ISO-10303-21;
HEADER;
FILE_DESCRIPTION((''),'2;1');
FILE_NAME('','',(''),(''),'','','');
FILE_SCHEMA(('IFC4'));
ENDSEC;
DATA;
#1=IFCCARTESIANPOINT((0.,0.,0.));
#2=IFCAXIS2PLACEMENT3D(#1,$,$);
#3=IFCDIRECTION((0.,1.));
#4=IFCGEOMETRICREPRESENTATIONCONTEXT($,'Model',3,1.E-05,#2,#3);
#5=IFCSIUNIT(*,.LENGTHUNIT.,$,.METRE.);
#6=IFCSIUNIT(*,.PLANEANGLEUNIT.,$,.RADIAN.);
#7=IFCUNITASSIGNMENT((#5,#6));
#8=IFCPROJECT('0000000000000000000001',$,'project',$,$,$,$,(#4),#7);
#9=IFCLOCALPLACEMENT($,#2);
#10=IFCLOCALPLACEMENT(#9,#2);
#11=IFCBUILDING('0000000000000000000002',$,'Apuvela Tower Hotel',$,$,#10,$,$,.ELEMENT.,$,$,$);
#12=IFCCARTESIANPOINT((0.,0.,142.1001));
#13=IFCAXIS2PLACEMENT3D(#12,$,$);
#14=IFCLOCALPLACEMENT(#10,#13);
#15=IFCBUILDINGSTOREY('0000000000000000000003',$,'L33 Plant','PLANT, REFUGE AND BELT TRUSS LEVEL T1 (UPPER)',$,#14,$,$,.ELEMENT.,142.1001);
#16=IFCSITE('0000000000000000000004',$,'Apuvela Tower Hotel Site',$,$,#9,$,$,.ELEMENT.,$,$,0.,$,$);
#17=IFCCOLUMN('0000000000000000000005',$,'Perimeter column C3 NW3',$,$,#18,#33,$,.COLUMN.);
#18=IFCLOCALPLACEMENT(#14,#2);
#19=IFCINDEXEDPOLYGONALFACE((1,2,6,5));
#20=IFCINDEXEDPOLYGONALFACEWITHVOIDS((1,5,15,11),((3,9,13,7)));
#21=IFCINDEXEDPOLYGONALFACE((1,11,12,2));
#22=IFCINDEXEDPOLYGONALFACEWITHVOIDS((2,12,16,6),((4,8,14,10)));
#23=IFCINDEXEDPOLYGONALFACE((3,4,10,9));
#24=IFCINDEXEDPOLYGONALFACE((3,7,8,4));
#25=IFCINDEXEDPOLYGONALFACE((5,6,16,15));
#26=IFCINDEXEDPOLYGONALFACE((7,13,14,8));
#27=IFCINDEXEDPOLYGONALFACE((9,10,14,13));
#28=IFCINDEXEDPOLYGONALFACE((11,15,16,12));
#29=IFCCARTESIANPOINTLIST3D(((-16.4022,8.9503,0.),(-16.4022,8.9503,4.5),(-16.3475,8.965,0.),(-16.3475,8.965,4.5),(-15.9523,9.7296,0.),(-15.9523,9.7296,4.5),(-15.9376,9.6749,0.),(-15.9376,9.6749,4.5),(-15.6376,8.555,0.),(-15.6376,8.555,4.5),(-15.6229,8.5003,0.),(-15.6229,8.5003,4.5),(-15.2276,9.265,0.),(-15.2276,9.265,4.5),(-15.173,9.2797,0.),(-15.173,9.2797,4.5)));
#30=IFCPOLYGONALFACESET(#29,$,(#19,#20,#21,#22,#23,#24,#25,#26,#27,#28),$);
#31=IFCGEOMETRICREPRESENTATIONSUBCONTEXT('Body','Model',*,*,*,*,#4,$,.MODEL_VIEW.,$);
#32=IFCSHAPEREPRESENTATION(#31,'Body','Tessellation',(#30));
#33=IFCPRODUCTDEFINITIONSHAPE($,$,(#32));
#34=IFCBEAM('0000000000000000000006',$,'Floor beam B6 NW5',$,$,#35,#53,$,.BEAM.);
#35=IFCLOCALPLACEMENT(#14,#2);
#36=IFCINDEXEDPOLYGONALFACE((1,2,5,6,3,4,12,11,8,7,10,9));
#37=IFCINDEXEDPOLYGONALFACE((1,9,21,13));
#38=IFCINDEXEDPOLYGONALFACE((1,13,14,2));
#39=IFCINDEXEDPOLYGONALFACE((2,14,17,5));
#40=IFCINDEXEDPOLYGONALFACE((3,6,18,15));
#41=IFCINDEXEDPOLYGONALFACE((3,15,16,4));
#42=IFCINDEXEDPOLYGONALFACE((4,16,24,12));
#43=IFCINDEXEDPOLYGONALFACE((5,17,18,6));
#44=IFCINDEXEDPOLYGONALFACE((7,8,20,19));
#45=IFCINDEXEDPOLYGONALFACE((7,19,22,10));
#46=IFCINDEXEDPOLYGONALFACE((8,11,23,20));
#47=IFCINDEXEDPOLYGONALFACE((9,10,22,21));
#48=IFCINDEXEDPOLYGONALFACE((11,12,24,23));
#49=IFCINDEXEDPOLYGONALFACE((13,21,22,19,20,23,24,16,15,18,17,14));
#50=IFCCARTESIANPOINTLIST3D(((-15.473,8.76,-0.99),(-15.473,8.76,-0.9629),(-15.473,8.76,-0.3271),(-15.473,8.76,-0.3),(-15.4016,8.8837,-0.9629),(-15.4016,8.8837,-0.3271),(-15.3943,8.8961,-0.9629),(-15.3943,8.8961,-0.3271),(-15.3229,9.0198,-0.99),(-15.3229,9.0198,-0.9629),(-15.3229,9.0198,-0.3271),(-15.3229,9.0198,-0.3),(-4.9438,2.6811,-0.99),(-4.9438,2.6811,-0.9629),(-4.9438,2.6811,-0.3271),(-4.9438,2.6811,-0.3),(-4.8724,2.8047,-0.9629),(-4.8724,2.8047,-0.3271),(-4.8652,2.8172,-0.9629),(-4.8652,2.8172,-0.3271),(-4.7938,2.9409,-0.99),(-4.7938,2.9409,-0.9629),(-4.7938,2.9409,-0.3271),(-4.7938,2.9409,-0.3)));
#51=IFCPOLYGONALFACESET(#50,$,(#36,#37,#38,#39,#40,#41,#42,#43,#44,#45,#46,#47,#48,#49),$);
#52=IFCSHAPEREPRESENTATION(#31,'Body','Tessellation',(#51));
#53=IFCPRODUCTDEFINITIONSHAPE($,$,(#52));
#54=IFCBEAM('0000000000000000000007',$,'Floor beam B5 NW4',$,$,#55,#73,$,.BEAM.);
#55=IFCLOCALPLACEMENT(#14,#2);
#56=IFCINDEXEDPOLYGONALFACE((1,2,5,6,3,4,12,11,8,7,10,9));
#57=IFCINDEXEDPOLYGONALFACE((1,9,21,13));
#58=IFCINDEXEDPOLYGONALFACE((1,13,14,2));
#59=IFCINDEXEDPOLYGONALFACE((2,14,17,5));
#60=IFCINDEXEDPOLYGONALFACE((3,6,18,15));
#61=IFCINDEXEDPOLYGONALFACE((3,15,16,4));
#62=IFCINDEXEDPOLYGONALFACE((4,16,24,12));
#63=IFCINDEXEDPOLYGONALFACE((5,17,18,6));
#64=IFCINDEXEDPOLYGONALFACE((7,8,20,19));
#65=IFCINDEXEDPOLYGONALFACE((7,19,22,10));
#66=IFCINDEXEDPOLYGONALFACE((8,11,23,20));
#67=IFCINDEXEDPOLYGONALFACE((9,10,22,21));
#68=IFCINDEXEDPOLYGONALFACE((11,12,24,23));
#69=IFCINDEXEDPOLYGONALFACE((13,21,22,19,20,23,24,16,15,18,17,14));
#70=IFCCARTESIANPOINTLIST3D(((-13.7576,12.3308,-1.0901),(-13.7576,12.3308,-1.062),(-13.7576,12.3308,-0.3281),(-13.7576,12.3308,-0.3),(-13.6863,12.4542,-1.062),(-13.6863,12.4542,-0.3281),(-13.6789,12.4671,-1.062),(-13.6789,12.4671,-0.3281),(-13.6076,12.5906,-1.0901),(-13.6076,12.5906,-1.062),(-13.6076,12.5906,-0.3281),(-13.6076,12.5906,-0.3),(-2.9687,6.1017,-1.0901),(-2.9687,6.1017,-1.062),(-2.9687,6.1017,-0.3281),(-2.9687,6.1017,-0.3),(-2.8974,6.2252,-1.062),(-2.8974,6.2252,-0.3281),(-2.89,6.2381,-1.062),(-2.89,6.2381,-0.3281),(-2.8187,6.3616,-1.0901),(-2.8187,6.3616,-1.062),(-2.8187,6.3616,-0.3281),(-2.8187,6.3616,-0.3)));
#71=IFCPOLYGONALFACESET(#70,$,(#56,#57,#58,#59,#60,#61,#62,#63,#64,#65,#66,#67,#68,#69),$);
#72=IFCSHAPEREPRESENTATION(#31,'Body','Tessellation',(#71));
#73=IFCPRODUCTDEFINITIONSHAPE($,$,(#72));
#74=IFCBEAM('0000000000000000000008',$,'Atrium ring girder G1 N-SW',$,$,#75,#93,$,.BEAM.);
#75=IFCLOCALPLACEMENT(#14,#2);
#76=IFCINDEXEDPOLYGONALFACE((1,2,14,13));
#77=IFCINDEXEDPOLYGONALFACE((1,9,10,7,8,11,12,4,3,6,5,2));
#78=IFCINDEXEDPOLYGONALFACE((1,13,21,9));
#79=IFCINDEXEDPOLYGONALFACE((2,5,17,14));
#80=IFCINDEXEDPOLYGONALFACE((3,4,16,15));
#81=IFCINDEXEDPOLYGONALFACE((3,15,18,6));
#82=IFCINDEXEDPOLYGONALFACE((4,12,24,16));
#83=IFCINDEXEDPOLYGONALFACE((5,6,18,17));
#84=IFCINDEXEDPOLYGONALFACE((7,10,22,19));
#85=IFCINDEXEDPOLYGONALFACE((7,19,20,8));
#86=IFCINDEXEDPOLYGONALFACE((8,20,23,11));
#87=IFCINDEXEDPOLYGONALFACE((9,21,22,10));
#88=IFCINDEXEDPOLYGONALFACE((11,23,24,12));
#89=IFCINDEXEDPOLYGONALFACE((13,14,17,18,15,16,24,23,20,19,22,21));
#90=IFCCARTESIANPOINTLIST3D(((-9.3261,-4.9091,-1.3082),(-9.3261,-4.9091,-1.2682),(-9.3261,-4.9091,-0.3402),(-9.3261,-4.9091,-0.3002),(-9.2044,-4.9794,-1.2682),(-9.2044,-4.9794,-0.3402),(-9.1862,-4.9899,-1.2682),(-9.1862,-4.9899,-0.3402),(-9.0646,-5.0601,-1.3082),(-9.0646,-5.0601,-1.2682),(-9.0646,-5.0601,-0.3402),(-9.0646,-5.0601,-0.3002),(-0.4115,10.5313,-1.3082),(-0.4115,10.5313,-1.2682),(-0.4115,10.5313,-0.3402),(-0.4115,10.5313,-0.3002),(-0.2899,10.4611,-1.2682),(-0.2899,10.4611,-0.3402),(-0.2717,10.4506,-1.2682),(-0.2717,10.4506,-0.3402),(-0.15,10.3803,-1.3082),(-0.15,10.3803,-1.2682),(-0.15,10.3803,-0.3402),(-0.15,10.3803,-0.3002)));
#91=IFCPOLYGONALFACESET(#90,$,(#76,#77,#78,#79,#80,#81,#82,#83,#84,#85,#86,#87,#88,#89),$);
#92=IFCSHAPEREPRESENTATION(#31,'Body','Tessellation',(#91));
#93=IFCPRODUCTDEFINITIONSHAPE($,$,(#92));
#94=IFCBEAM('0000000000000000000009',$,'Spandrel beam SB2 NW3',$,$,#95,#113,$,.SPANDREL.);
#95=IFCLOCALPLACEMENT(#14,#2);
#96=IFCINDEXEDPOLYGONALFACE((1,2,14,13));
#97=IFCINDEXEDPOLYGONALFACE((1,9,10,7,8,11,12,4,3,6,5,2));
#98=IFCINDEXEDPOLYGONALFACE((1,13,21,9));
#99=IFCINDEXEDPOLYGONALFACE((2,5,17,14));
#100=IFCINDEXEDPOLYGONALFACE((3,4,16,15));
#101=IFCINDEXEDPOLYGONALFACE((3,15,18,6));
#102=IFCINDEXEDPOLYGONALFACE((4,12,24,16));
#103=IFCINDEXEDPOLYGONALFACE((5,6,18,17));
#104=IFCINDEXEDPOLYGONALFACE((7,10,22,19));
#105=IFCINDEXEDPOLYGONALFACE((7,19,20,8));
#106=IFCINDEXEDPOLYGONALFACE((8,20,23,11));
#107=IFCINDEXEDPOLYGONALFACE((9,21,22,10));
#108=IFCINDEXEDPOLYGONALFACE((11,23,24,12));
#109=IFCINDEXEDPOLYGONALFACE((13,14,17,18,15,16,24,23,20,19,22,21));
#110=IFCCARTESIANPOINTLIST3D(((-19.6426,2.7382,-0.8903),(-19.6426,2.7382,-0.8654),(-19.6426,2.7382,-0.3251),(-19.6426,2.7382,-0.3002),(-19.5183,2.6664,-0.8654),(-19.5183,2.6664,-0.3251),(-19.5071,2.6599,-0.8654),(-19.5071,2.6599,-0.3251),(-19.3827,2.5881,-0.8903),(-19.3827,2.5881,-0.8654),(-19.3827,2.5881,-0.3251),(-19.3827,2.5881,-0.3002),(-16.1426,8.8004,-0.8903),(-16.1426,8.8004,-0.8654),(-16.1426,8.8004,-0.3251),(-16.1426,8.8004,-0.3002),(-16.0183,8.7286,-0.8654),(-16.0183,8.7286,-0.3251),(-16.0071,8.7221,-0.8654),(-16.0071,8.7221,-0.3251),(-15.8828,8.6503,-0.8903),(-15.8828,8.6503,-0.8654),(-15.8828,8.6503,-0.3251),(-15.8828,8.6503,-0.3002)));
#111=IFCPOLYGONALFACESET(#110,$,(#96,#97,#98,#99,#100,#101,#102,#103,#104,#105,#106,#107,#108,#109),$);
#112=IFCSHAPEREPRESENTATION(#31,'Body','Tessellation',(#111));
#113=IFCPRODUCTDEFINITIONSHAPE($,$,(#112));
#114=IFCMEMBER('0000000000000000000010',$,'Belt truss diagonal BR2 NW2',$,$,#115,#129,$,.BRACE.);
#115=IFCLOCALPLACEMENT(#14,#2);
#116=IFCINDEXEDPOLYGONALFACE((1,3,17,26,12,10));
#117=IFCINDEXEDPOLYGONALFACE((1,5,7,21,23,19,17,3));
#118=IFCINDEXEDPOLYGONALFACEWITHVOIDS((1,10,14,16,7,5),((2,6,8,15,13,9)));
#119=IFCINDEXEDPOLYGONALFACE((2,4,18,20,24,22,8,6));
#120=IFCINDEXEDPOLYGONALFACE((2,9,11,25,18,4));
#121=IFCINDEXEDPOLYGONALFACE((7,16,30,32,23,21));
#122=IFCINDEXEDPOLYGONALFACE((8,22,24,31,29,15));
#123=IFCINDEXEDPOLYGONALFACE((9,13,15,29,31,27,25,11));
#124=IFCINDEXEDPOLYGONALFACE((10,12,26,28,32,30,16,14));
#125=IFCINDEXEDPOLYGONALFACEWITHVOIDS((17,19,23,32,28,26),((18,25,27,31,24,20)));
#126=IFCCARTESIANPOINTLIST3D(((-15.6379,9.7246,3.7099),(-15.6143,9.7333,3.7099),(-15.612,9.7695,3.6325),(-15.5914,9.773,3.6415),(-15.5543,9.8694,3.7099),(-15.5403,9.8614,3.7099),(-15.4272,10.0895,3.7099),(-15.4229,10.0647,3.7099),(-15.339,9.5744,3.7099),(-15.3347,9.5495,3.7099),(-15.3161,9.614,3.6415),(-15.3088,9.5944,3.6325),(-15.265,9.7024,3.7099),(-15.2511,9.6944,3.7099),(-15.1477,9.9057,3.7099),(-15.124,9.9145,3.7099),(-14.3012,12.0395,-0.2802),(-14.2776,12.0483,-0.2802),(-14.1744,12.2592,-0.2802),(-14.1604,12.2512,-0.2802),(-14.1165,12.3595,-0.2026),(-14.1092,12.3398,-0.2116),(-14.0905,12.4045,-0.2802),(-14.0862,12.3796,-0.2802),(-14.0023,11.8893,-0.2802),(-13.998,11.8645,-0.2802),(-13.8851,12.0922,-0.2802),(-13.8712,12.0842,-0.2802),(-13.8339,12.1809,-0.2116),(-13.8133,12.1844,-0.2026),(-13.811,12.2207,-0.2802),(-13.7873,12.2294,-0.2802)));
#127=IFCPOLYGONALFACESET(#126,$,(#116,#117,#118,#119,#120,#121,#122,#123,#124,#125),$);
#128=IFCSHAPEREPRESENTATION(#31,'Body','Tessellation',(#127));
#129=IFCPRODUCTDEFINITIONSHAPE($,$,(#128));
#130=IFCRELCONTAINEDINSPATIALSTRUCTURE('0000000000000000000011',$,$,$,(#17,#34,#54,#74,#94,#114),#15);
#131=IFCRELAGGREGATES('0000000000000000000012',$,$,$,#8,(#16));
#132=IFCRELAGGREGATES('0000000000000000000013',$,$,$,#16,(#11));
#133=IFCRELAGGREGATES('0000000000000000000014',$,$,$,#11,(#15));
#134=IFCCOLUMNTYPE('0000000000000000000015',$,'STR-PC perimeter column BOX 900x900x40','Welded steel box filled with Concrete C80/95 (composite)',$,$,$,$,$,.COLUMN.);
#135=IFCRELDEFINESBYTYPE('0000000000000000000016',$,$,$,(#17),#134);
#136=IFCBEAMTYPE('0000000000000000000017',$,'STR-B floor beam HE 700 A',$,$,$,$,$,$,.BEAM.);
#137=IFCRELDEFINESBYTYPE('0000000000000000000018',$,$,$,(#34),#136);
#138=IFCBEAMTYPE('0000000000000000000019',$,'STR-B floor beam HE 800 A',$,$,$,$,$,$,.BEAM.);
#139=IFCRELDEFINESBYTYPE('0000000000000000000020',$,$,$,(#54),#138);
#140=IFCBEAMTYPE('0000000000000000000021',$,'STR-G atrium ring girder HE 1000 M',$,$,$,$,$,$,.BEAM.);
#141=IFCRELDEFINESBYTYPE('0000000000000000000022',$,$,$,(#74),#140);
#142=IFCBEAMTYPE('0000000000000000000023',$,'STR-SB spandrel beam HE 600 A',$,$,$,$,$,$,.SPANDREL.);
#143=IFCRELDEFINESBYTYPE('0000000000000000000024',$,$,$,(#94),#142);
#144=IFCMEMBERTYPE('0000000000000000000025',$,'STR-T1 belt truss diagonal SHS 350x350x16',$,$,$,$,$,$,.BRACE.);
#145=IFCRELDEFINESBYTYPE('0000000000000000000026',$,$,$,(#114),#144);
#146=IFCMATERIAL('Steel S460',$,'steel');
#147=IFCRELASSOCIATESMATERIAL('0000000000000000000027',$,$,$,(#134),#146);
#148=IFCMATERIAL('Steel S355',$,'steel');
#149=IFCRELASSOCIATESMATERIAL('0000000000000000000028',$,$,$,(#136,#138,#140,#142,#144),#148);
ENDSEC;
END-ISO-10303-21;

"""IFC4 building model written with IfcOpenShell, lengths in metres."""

from ifc_helpers import new_model, si_unit, direction, frame, origin, origin_2d, place, context, subcontext, project, spatial, rectangle, hollow_rectangle, i_section, extrude, boolean, halfspace, material, material_profile, profile_set, type_object, element, save


model = new_model("IFC4")

# Units and contexts
model_context = context("Model", 3, precision=1e-05, world=origin(), true_north=direction((0.0, 1.0)))
body_context = subcontext(model_context, "Body", "Model", "MODEL_VIEW")
ifc_project = project(units=[si_unit("LENGTHUNIT", "METRE"), si_unit("PLANEANGLEUNIT", "RADIAN")], contexts=[model_context])

# Site, building, storey
site_placement = place(None, origin())
site = spatial("IfcSite", under=ifc_project, at=site_placement, Name="Apuvela Tower Hotel Site", CompositionType="ELEMENT", RefElevation=0.0)
building_placement = place(site_placement, origin())
building = spatial("IfcBuilding", under=site, at=building_placement, Name="Apuvela Tower Hotel", CompositionType="ELEMENT")
storey_placement = place(building_placement, frame((0.0, 0.0, 142.1001)))
storey = spatial("IfcBuildingStorey", under=building, at=storey_placement, Name="L33 Plant", Description="PLANT, REFUGE AND BELT TRUSS LEVEL T1 (UPPER)", CompositionType="ELEMENT", Elevation=142.1001)

# Column
ifc_material_1 = material(Name="Steel S460", Category="steel")
ifc_material_profile_1 = material_profile(ifc_material_1, hollow_rectangle(XDim=0.8999, YDim=0.8999, WallThickness=0.04, at=origin_2d()), Name="BOX 900x900x40")
ifc_material_2 = material(Name="Concrete C80/95", Category="concrete")
ifc_material_profile_2 = material_profile(ifc_material_2, rectangle(XDim=0.8201, YDim=0.8201, at=origin_2d()), Name="Concrete C80/95 infill")
ifc_profile_set_1 = profile_set([ifc_material_profile_1, ifc_material_profile_2], Name="Steel S460")
column_type = type_object("IfcColumnType", Name="STR-PC perimeter column BOX 900x900x40", Description="Welded steel box filled with Concrete C80/95 (composite)", PredefinedType="COLUMN", material=ifc_profile_set_1)
column_placement = place(storey_placement, frame((-15.7876, 9.115, 0.0), z_axis=(0.0, 0.0, 1.0), x_axis=(0.5, 0.866025, 0.0)))
element("IfcColumn", 1, at=column_placement, inside=storey, type_object=column_type, Name="Perimeter column C3 NW3", PredefinedType="COLUMN", context=body_context, shape_type="SweptSolid", body=[
    extrude(hollow_rectangle(XDim=0.8999, YDim=0.8999, WallThickness=0.04, at=origin_2d()), origin(), (0.0, 0.0, 1.0), 4.5),
])

# Beams
ifc_material_3 = material(Name="Steel S355", Category="steel")
ifc_material_profile_3 = material_profile(ifc_material_3, i_section(OverallWidth=0.3, OverallDepth=0.6899, WebThickness=0.0144, FlangeThickness=0.0271, at=origin_2d()), Name="HE 700 A")
ifc_profile_set_2 = profile_set([ifc_material_profile_3], Name="Steel S355")
beam_type_1 = type_object("IfcBeamType", Name="STR-B floor beam HE 700 A", PredefinedType="BEAM", material=ifc_profile_set_2)
beam_1_placement = place(storey_placement, frame((-15.3979, 8.8899, -0.645), z_axis=(0.866029, -0.499994, 0.0), x_axis=(0.499994, 0.866029, 0.0)))
element("IfcBeam", 2, at=beam_1_placement, inside=storey, type_object=beam_type_1, Name="Floor beam B6 NW5", PredefinedType="BEAM", context=body_context, shape_type="SweptSolid", body=[
    extrude(i_section(OverallWidth=0.3, OverallDepth=0.6899, WebThickness=0.0144, FlangeThickness=0.0271, at=origin_2d()), origin(), (0.0, 0.0, 1.0), 12.158),
])
ifc_material_profile_4 = material_profile(ifc_material_3, i_section(OverallWidth=0.3, OverallDepth=0.79, WebThickness=0.0149, FlangeThickness=0.0281, at=origin_2d()), Name="HE 800 A")
ifc_profile_set_3 = profile_set([ifc_material_profile_4], Name="Steel S355")
beam_type_2 = type_object("IfcBeamType", Name="STR-B floor beam HE 800 A", PredefinedType="BEAM", material=ifc_profile_set_3)
beam_2_placement = place(storey_placement, frame((-13.6826, 12.4607, -0.6951), z_axis=(0.866023, -0.500005, 0.0), x_axis=(0.500005, 0.866023, 0.0)))
element("IfcBeam", 3, at=beam_2_placement, inside=storey, type_object=beam_type_2, Name="Floor beam B5 NW4", PredefinedType="BEAM", context=body_context, shape_type="SweptSolid", body=[
    extrude(i_section(OverallWidth=0.3, OverallDepth=0.79, WebThickness=0.0149, FlangeThickness=0.0281, at=origin_2d()), origin(), (0.0, 0.0, 1.0), 12.458),
])
ifc_material_profile_5 = material_profile(ifc_material_3, i_section(OverallWidth=0.302, OverallDepth=1.0081, WebThickness=0.021, FlangeThickness=0.04, at=origin_2d()), Name="HE 1000 M")
ifc_profile_set_4 = profile_set([ifc_material_profile_5], Name="Steel S355")
beam_type_3 = type_object("IfcBeamType", Name="STR-G atrium ring girder HE 1000 M", PredefinedType="BEAM", material=ifc_profile_set_4)
beam_3_placement = place(storey_placement, frame((-0.2808, 10.4558, -0.8042), z_axis=(-0.500001, -0.866025, 0.0), x_axis=(0.866025, -0.500001, 0.0)))
element("IfcBeam", 4, at=beam_3_placement, inside=storey, type_object=beam_type_3, Name="Atrium ring girder G1 N-SW", PredefinedType="BEAM", context=body_context, shape_type="SweptSolid", body=[
    extrude(i_section(OverallWidth=0.302, OverallDepth=1.0081, WebThickness=0.021, FlangeThickness=0.04, at=origin_2d()), origin(), (0.0, 0.0, 1.0), 17.8291),
])
ifc_material_profile_6 = material_profile(ifc_material_3, i_section(OverallWidth=0.3, OverallDepth=0.5901, WebThickness=0.0129, FlangeThickness=0.0249, at=origin_2d()), Name="HE 600 A")
ifc_profile_set_5 = profile_set([ifc_material_profile_6], Name="Steel S355")
beam_type_4 = type_object("IfcBeamType", Name="STR-SB spandrel beam HE 600 A", PredefinedType="SPANDREL", material=ifc_profile_set_5)
beam_4_placement = place(storey_placement, frame((-16.0127, 8.7253, -0.5952), z_axis=(-0.499995, -0.866028, 0.0), x_axis=(0.866028, -0.499995, 0.0)))
element("IfcBeam", 5, at=beam_4_placement, inside=storey, type_object=beam_type_4, Name="Spandrel beam SB2 NW3", PredefinedType="SPANDREL", context=body_context, shape_type="SweptSolid", body=[
    extrude(i_section(OverallWidth=0.3, OverallDepth=0.5901, WebThickness=0.0129, FlangeThickness=0.0249, at=origin_2d()), origin(), (0.0, 0.0, 1.0), 7.0),
])

# Member
ifc_material_profile_7 = material_profile(ifc_material_3, hollow_rectangle(XDim=0.3501, YDim=0.3501, WallThickness=0.0161, at=origin_2d()), Name="SHS 350x350x16")
ifc_profile_set_6 = profile_set([ifc_material_profile_7], Name="Steel S355")
member_type = type_object("IfcMemberType", Name="STR-T1 belt truss diagonal SHS 350x350x16", PredefinedType="BRACE", material=ifc_profile_set_6)
member_placement = place(storey_placement, frame((-14.0376, 12.146, -0.3), z_axis=(-0.278322, -0.482005, 0.830788), x_axis=(0.415434, 0.71946, 0.556589)))
solid = boolean("DIFFERENCE", boolean("DIFFERENCE", extrude(hollow_rectangle(XDim=0.3501, YDim=0.3501, WallThickness=0.0161, at=origin_2d()), frame((0.0, 0.0, -0.2373)), (0.0, 0.0, 1.0), 5.3252), halfspace(frame((0.0, 0.0, 0.0239), z_axis=(0.556589, 0.0, 0.830788), x_axis=(0.830788, 0.0, -0.556589)), True)), halfspace(frame((0.0, 0.0, 4.8267), z_axis=(0.556589, 0.0, 0.830788), x_axis=(0.830788, 0.0, -0.556589)), False))
element("IfcMember", 6, at=member_placement, inside=storey, type_object=member_type, Name="Belt truss diagonal BR2 NW2", PredefinedType="BRACE", context=body_context, shape_type="SweptSolid", body=[
    boolean("UNION", boolean("DIFFERENCE", boolean("DIFFERENCE", extrude(hollow_rectangle(XDim=0.3501, YDim=0.3501, WallThickness=0.0161, at=origin_2d()), origin(), (0.0, 0.0, 1.0), 4.8508), halfspace(frame((0.0, 0.0, 0.0239), z_axis=(0.556589, 0.0, 0.830788), x_axis=(0.830788, 0.0, -0.556589)), True)), halfspace(frame((0.0, 0.0, 4.8267), z_axis=(0.556589, 0.0, 0.830788), x_axis=(0.830788, 0.0, -0.556589)), False)), solid),
])

save(model, "model.ifc")
